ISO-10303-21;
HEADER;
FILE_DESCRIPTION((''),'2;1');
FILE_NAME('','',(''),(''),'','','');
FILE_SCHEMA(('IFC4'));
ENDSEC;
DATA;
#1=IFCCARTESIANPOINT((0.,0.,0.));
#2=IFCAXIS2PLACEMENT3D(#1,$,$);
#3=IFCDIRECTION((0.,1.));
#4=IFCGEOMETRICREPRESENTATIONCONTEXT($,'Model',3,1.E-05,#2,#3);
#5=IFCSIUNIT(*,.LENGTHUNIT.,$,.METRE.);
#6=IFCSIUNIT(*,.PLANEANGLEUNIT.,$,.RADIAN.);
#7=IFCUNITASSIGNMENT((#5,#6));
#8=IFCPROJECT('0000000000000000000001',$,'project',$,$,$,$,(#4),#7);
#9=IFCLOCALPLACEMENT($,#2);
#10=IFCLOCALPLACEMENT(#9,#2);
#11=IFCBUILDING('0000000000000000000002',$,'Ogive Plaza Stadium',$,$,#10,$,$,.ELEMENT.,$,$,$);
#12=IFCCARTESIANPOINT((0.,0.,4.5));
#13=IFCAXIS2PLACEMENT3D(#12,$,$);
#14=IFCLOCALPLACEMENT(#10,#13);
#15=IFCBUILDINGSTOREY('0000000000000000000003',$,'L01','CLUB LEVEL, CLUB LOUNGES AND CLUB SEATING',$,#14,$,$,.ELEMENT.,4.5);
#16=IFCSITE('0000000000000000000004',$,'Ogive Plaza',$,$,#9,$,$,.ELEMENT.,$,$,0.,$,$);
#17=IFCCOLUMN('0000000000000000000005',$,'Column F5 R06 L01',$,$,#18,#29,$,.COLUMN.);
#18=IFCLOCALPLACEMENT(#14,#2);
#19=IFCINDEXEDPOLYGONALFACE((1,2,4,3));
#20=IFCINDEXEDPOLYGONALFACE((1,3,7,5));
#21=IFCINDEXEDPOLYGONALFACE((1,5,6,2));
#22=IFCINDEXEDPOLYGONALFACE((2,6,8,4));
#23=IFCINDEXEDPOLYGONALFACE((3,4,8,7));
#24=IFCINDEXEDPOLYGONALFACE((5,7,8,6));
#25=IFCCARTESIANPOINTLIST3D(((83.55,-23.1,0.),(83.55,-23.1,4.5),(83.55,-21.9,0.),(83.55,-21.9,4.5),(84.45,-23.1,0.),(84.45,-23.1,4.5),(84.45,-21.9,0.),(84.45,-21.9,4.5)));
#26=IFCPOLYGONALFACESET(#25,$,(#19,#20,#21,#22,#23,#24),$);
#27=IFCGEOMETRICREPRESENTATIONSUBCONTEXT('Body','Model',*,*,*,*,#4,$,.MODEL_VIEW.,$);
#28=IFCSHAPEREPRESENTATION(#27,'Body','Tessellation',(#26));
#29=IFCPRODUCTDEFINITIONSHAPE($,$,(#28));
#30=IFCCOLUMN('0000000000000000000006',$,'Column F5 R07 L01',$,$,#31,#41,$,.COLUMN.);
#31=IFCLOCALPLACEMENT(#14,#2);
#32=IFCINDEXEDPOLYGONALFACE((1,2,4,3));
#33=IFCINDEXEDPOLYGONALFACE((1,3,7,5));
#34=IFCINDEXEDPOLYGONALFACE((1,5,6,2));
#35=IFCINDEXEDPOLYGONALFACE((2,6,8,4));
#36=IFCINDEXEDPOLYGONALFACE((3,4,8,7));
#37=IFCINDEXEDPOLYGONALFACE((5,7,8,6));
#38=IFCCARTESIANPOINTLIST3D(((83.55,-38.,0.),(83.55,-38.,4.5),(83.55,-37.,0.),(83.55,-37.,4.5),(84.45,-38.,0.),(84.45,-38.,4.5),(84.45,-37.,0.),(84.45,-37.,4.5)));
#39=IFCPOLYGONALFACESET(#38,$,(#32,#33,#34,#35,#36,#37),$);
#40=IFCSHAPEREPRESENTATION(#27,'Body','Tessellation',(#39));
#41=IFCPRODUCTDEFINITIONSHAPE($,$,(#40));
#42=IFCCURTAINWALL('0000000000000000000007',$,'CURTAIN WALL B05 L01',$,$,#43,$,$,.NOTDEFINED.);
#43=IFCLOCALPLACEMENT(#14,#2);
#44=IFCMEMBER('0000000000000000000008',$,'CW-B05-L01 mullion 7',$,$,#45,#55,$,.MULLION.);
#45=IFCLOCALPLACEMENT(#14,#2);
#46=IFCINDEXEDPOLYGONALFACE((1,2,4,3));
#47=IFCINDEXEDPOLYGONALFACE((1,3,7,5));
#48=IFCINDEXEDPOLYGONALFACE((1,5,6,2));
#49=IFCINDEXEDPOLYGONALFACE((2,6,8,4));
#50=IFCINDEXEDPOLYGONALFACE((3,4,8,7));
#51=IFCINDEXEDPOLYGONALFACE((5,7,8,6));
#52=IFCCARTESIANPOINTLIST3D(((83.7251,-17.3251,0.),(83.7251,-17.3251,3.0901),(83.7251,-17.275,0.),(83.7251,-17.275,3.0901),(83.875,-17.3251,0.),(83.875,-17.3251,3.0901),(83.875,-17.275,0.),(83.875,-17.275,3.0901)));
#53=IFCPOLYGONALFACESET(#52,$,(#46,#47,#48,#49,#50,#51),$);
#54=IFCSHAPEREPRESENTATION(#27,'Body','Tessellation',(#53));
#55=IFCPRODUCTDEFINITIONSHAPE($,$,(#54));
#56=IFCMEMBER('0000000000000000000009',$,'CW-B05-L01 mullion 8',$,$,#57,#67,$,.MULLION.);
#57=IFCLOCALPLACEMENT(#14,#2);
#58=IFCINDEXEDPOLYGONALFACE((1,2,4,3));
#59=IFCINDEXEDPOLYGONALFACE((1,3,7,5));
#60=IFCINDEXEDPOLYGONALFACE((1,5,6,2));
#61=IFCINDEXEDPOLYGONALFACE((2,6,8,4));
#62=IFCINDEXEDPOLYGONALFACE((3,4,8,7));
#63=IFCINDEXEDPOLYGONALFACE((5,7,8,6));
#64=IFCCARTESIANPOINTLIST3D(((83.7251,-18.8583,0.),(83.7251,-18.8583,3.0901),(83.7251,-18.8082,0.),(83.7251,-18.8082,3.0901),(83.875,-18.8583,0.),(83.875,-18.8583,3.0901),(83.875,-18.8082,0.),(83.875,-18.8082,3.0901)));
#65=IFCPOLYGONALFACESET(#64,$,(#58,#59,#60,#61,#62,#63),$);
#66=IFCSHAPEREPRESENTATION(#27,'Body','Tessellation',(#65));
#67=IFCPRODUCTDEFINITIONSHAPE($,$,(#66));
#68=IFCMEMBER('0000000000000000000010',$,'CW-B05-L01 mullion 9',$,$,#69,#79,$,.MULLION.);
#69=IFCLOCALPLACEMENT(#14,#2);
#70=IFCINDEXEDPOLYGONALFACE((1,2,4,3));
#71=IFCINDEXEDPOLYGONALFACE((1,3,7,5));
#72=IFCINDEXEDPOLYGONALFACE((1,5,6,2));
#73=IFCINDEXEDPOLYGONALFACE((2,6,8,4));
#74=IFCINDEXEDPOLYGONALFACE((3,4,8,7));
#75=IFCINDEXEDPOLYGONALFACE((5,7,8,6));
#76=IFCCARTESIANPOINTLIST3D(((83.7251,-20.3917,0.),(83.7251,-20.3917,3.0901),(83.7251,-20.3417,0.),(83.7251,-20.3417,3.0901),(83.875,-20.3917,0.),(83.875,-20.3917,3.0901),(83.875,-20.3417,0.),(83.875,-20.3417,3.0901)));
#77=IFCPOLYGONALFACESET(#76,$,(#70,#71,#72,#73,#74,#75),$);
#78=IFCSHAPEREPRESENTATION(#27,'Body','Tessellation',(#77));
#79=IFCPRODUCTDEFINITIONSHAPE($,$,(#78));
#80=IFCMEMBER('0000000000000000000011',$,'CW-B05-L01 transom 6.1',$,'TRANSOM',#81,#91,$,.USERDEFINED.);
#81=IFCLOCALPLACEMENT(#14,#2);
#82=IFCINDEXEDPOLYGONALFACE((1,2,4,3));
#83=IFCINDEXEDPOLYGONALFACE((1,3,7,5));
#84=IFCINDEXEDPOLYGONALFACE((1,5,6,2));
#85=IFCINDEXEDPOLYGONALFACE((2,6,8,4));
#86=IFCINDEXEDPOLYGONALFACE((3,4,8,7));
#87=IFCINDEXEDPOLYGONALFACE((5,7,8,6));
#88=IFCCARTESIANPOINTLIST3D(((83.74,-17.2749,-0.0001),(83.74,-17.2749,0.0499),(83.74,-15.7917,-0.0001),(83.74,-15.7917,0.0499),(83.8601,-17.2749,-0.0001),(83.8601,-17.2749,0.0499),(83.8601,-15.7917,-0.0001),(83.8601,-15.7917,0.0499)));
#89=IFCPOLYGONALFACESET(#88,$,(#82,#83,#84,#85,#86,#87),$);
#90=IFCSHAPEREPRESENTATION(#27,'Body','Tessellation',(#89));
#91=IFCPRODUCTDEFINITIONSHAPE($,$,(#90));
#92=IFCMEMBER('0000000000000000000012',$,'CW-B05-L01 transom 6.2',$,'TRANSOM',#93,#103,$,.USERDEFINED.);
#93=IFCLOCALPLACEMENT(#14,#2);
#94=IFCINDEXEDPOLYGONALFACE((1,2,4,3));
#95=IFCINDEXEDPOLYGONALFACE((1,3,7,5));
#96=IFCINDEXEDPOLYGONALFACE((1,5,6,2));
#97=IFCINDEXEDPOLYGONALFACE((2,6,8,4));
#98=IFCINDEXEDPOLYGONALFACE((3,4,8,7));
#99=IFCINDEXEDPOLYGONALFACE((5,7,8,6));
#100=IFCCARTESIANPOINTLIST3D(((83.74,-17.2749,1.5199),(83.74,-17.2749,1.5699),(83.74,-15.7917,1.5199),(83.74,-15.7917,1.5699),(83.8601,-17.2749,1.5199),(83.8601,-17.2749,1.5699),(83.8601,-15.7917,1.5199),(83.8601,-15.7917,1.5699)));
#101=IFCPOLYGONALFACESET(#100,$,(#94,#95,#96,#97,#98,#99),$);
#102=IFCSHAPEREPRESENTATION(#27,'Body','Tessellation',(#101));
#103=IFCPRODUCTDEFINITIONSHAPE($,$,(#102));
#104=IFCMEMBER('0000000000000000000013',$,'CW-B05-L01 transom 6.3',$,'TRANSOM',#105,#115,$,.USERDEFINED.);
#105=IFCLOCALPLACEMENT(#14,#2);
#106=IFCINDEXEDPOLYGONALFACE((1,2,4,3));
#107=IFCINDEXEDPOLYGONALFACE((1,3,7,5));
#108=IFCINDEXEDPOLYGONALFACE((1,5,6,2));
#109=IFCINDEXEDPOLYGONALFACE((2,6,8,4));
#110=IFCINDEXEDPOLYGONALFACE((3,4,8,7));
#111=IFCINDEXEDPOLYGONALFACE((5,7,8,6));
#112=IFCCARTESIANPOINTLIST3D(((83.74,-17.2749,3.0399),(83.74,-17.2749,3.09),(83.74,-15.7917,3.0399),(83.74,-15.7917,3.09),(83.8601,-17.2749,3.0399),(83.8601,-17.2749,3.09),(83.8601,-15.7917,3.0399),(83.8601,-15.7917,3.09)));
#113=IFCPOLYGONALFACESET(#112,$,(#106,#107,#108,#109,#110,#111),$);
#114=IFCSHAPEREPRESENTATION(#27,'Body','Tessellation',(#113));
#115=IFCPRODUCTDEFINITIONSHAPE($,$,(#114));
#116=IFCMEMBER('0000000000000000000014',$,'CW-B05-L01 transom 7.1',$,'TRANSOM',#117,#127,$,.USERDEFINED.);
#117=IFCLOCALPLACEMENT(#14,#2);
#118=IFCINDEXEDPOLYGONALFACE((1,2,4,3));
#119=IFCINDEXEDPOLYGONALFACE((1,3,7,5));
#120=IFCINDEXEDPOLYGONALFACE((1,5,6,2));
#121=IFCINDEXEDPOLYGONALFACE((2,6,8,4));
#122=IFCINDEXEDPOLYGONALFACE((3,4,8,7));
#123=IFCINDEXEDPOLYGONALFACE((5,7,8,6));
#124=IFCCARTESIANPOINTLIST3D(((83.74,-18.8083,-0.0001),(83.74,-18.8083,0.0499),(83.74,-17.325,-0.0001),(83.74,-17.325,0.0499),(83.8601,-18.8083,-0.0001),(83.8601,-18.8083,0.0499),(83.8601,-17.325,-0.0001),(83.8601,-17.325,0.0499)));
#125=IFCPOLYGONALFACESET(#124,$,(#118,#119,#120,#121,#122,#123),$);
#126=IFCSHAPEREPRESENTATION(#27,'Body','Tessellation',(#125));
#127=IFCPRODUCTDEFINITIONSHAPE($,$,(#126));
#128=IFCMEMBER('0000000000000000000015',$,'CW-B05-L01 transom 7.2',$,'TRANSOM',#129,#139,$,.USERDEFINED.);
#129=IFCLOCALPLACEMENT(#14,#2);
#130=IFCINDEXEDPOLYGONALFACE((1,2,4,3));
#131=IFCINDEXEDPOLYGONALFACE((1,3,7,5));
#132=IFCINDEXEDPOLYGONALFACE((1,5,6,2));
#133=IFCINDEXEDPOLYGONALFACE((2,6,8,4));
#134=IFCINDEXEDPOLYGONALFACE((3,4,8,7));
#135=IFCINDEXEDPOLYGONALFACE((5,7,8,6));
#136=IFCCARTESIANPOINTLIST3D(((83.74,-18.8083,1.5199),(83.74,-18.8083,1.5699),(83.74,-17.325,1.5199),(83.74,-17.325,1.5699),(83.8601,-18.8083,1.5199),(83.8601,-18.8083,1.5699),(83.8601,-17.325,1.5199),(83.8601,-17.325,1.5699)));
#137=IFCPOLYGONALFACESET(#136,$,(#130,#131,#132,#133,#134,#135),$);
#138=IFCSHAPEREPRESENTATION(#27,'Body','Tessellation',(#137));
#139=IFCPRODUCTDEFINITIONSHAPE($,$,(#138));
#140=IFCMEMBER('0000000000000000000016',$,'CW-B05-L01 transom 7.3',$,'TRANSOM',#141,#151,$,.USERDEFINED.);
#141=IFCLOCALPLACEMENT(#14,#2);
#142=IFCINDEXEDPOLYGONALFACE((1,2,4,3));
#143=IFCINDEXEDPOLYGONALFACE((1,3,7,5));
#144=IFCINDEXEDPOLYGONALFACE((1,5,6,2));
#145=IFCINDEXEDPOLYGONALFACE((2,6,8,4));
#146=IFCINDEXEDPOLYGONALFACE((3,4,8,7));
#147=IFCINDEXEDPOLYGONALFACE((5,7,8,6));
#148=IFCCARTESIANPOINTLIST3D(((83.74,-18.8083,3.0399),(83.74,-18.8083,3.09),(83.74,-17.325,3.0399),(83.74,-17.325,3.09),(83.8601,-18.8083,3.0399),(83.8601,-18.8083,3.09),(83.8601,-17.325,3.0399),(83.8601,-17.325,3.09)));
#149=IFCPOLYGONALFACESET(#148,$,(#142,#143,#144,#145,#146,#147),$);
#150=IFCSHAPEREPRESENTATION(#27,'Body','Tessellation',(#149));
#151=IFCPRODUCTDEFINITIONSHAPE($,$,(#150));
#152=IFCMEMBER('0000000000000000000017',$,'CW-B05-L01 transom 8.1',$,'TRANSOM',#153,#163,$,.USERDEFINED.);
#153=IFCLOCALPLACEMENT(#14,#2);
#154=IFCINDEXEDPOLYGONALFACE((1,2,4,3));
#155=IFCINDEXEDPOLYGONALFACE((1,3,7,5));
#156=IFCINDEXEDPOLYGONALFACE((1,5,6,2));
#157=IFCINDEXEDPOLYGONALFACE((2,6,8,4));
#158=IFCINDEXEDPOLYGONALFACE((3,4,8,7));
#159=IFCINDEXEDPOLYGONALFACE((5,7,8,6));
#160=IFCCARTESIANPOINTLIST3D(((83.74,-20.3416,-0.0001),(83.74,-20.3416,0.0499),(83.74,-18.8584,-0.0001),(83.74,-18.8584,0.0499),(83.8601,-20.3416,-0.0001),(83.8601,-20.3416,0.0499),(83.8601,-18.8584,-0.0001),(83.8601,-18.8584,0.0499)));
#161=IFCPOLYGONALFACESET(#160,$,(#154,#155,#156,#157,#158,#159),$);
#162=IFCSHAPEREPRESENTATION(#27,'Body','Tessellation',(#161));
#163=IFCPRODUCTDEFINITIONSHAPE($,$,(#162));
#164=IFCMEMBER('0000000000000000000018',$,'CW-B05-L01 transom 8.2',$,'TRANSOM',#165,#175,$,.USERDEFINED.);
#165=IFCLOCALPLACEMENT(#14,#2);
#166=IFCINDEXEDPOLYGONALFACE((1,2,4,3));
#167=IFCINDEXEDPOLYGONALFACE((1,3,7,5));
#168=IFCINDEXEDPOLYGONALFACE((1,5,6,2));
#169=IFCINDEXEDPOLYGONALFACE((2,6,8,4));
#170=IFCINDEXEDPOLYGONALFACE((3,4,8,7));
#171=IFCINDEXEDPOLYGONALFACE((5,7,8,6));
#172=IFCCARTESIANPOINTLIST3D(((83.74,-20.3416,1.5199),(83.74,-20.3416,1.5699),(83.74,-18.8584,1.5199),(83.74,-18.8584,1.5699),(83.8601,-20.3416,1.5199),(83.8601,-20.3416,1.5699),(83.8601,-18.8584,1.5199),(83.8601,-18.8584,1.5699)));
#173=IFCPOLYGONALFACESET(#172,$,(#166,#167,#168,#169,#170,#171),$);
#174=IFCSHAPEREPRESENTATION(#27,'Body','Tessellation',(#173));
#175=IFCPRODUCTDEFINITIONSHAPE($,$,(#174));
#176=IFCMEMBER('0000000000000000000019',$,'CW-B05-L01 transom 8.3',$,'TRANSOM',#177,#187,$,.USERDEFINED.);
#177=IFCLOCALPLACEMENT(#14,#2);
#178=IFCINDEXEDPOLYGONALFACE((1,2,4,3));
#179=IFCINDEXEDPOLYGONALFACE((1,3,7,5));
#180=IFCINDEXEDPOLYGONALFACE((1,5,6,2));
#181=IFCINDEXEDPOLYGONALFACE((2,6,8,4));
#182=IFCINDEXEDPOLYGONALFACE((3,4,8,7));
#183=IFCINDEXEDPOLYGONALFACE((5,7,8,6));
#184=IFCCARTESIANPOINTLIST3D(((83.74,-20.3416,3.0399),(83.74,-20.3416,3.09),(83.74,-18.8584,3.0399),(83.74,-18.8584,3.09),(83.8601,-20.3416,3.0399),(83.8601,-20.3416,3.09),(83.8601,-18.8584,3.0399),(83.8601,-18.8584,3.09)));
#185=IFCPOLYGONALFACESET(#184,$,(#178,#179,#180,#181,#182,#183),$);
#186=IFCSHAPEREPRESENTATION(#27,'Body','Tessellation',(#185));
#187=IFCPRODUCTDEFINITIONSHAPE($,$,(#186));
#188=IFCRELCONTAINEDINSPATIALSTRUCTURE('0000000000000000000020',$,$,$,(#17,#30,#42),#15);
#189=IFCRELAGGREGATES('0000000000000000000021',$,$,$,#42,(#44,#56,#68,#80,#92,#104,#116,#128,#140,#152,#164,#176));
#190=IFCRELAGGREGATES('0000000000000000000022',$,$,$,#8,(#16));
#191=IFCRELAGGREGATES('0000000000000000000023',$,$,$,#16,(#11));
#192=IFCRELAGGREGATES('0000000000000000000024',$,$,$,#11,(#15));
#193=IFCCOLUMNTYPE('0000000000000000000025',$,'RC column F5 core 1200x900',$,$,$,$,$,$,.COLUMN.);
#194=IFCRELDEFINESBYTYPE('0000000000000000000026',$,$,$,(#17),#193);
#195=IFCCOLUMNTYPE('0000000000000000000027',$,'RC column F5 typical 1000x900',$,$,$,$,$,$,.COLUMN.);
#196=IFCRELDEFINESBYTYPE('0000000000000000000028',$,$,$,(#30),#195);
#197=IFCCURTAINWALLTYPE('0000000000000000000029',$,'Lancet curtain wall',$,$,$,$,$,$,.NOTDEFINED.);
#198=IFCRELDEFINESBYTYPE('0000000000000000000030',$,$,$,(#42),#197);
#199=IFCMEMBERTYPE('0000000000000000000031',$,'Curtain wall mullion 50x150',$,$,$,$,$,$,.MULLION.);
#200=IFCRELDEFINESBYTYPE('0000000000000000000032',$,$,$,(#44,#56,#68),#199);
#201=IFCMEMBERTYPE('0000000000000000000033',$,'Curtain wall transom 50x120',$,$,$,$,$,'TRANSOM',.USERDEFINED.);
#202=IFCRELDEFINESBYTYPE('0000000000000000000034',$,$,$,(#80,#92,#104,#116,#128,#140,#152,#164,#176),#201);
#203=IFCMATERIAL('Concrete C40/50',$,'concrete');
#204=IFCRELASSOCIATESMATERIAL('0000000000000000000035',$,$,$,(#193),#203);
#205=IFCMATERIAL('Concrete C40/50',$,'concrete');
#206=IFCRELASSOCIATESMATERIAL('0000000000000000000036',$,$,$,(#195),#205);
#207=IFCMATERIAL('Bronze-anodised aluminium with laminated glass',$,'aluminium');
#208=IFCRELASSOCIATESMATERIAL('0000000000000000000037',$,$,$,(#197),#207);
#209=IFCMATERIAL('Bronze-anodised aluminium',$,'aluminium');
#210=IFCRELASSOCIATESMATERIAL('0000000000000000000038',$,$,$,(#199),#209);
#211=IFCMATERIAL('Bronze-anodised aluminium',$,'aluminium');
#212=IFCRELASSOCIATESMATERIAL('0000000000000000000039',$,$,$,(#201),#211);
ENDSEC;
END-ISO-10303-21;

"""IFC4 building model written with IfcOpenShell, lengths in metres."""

from ifc_helpers import new_model, si_unit, direction, frame, origin, origin_2d, place, context, subcontext, project, spatial, rectangle, extrude, material, material_profile, profile_set, type_object, element, aggregate, save


model = new_model("IFC4")

# Units and contexts
model_context = context("Model", 3, precision=1e-05, world=origin(), true_north=direction((0.0, 1.0)))
body_context = subcontext(model_context, "Body", "Model", "MODEL_VIEW")
ifc_project = project(units=[si_unit("LENGTHUNIT", "METRE"), si_unit("PLANEANGLEUNIT", "RADIAN")], contexts=[model_context])

# Site, building, storey
site_placement = place(None, origin())
site = spatial("IfcSite", under=ifc_project, at=site_placement, Name="Ogive Plaza", CompositionType="ELEMENT", RefElevation=0.0)
building_placement = place(site_placement, origin())
building = spatial("IfcBuilding", under=site, at=building_placement, Name="Ogive Plaza Stadium", CompositionType="ELEMENT")
storey_placement = place(building_placement, frame((0.0, 0.0, 4.5)))
storey = spatial("IfcBuildingStorey", under=building, at=storey_placement, Name="L01", Description="CLUB LEVEL, CLUB LOUNGES AND CLUB SEATING", CompositionType="ELEMENT", Elevation=4.5)

# Columns
ifc_material_1 = material(Name="Concrete C40/50", Category="concrete")
ifc_material_profile_1 = material_profile(ifc_material_1, rectangle(XDim=1.2, YDim=0.8999, at=origin_2d()), Name="RC 1200x900")
ifc_profile_set_1 = profile_set([ifc_material_profile_1], Name="Concrete C40/50")
column_type_1 = type_object("IfcColumnType", Name="RC column F5 core 1200x900", PredefinedType="COLUMN", material=ifc_profile_set_1)
column_1_placement = place(storey_placement, frame((84.0, -22.5, 0.0), z_axis=(0.0, 0.0, 1.0), x_axis=(0.0, 1.0, 0.0)))
element("IfcColumn", 1, at=column_1_placement, inside=storey, type_object=column_type_1, Name="Column F5 R06 L01", PredefinedType="COLUMN", context=body_context, shape_type="SweptSolid", body=[
    extrude(rectangle(XDim=1.2, YDim=0.8999, at=origin_2d()), origin(), (0.0, 0.0, 1.0), 4.5),
])
ifc_material_2 = material(Name="Concrete C40/50", Category="concrete")
ifc_material_profile_2 = material_profile(ifc_material_2, rectangle(XDim=1.0, YDim=0.8999, at=origin_2d()), Name="RC 1000x900")
ifc_profile_set_2 = profile_set([ifc_material_profile_2], Name="Concrete C40/50")
column_type_2 = type_object("IfcColumnType", Name="RC column F5 typical 1000x900", PredefinedType="COLUMN", material=ifc_profile_set_2)
column_2_placement = place(storey_placement, frame((84.0, -37.5, 0.0), z_axis=(0.0, 0.0, 1.0), x_axis=(0.0, 1.0, 0.0)))
element("IfcColumn", 2, at=column_2_placement, inside=storey, type_object=column_type_2, Name="Column F5 R07 L01", PredefinedType="COLUMN", context=body_context, shape_type="SweptSolid", body=[
    extrude(rectangle(XDim=1.0, YDim=0.8999, at=origin_2d()), origin(), (0.0, 0.0, 1.0), 4.5),
])

# Curtain wall, members
ifc_material_3 = material(Name="Bronze-anodised aluminium with laminated glass", Category="aluminium")
curtain_wall_type = type_object("IfcCurtainWallType", Name="Lancet curtain wall", PredefinedType="NOTDEFINED", material=ifc_material_3)
curtain_wall_placement = place(storey_placement, origin())
curtain_wall = element("IfcCurtainWall", 3, at=curtain_wall_placement, inside=storey, type_object=curtain_wall_type, Name="CURTAIN WALL B05 L01", PredefinedType="NOTDEFINED")
ifc_material_4 = material(Name="Bronze-anodised aluminium", Category="aluminium")
ifc_material_profile_3 = material_profile(ifc_material_4, rectangle(XDim=0.1499, YDim=0.05, at=origin_2d()), Name="AL 150x50")
ifc_profile_set_3 = profile_set([ifc_material_profile_3], Name="Bronze-anodised aluminium")
member_type_1 = type_object("IfcMemberType", Name="Curtain wall mullion 50x150", PredefinedType="MULLION", material=ifc_profile_set_3)
member_1_placement = place(storey_placement, frame((83.8, -17.3, 0.0), z_axis=(0.0, 0.0, 1.0), x_axis=(1.0, 0.0, 0.0)))
member_1 = element("IfcMember", 4, at=member_1_placement, type_object=member_type_1, Name="CW-B05-L01 mullion 7", PredefinedType="MULLION", context=body_context, shape_type="SweptSolid", body=[
    extrude(rectangle(XDim=0.1499, YDim=0.05, at=origin_2d()), origin(), (0.0, 0.0, 1.0), 3.0901),
])
member_2_placement = place(storey_placement, frame((83.8, -18.8333, 0.0), z_axis=(0.0, 0.0, 1.0), x_axis=(1.0, 0.0, 0.0)))
member_2 = element("IfcMember", 5, at=member_2_placement, type_object=member_type_1, Name="CW-B05-L01 mullion 8", PredefinedType="MULLION", context=body_context, shape_type="SweptSolid", body=[
    extrude(rectangle(XDim=0.1499, YDim=0.05, at=origin_2d()), origin(), (0.0, 0.0, 1.0), 3.0901),
])
member_3_placement = place(storey_placement, frame((83.8, -20.3667, 0.0), z_axis=(0.0, 0.0, 1.0), x_axis=(1.0, 0.0, 0.0)))
member_3 = element("IfcMember", 6, at=member_3_placement, type_object=member_type_1, Name="CW-B05-L01 mullion 9", PredefinedType="MULLION", context=body_context, shape_type="SweptSolid", body=[
    extrude(rectangle(XDim=0.1499, YDim=0.05, at=origin_2d()), origin(), (0.0, 0.0, 1.0), 3.0901),
])
ifc_material_5 = material(Name="Bronze-anodised aluminium", Category="aluminium")
ifc_material_profile_4 = material_profile(ifc_material_5, rectangle(XDim=0.1201, YDim=0.05, at=origin_2d()), Name="AL 120x50")
ifc_profile_set_4 = profile_set([ifc_material_profile_4], Name="Bronze-anodised aluminium")
member_type_2 = type_object("IfcMemberType", Name="Curtain wall transom 50x120", ElementType="TRANSOM", PredefinedType="USERDEFINED", material=ifc_profile_set_4)
member_4_placement = place(storey_placement, frame((83.8, -15.7917, 0.0249), z_axis=(0.0, -1.0, 0.0), x_axis=(1.0, 0.0, 0.0)))
member_4 = element("IfcMember", 7, at=member_4_placement, type_object=member_type_2, Name="CW-B05-L01 transom 6.1", ObjectType="TRANSOM", PredefinedType="USERDEFINED", context=body_context, shape_type="SweptSolid", body=[
    extrude(rectangle(XDim=0.1201, YDim=0.05, at=origin_2d()), origin(), (0.0, 0.0, 1.0), 1.4832),
])
member_5_placement = place(storey_placement, frame((83.8, -15.7917, 1.5449), z_axis=(0.0, -1.0, 0.0), x_axis=(1.0, 0.0, 0.0)))
member_5 = element("IfcMember", 8, at=member_5_placement, type_object=member_type_2, Name="CW-B05-L01 transom 6.2", ObjectType="TRANSOM", PredefinedType="USERDEFINED", context=body_context, shape_type="SweptSolid", body=[
    extrude(rectangle(XDim=0.1201, YDim=0.05, at=origin_2d()), origin(), (0.0, 0.0, 1.0), 1.4832),
])
member_6_placement = place(storey_placement, frame((83.8, -15.7917, 3.0649), z_axis=(0.0, -1.0, 0.0), x_axis=(1.0, 0.0, 0.0)))
member_6 = element("IfcMember", 9, at=member_6_placement, type_object=member_type_2, Name="CW-B05-L01 transom 6.3", ObjectType="TRANSOM", PredefinedType="USERDEFINED", context=body_context, shape_type="SweptSolid", body=[
    extrude(rectangle(XDim=0.1201, YDim=0.05, at=origin_2d()), origin(), (0.0, 0.0, 1.0), 1.4832),
])
member_7_placement = place(storey_placement, frame((83.8, -17.325, 0.0249), z_axis=(0.0, -1.0, 0.0), x_axis=(1.0, 0.0, 0.0)))
member_7 = element("IfcMember", 10, at=member_7_placement, type_object=member_type_2, Name="CW-B05-L01 transom 7.1", ObjectType="TRANSOM", PredefinedType="USERDEFINED", context=body_context, shape_type="SweptSolid", body=[
    extrude(rectangle(XDim=0.1201, YDim=0.05, at=origin_2d()), origin(), (0.0, 0.0, 1.0), 1.4834),
])
member_8_placement = place(storey_placement, frame((83.8, -17.325, 1.5449), z_axis=(0.0, -1.0, 0.0), x_axis=(1.0, 0.0, 0.0)))
member_8 = element("IfcMember", 11, at=member_8_placement, type_object=member_type_2, Name="CW-B05-L01 transom 7.2", ObjectType="TRANSOM", PredefinedType="USERDEFINED", context=body_context, shape_type="SweptSolid", body=[
    extrude(rectangle(XDim=0.1201, YDim=0.05, at=origin_2d()), origin(), (0.0, 0.0, 1.0), 1.4834),
])
member_9_placement = place(storey_placement, frame((83.8, -17.325, 3.0649), z_axis=(0.0, -1.0, 0.0), x_axis=(1.0, 0.0, 0.0)))
member_9 = element("IfcMember", 12, at=member_9_placement, type_object=member_type_2, Name="CW-B05-L01 transom 7.3", ObjectType="TRANSOM", PredefinedType="USERDEFINED", context=body_context, shape_type="SweptSolid", body=[
    extrude(rectangle(XDim=0.1201, YDim=0.05, at=origin_2d()), origin(), (0.0, 0.0, 1.0), 1.4834),
])
member_10_placement = place(storey_placement, frame((83.8, -18.8584, 0.0249), z_axis=(0.0, -1.0, 0.0), x_axis=(1.0, 0.0, 0.0)))
member_10 = element("IfcMember", 13, at=member_10_placement, type_object=member_type_2, Name="CW-B05-L01 transom 8.1", ObjectType="TRANSOM", PredefinedType="USERDEFINED", context=body_context, shape_type="SweptSolid", body=[
    extrude(rectangle(XDim=0.1201, YDim=0.05, at=origin_2d()), origin(), (0.0, 0.0, 1.0), 1.4832),
])
member_11_placement = place(storey_placement, frame((83.8, -18.8584, 1.5449), z_axis=(0.0, -1.0, 0.0), x_axis=(1.0, 0.0, 0.0)))
member_11 = element("IfcMember", 14, at=member_11_placement, type_object=member_type_2, Name="CW-B05-L01 transom 8.2", ObjectType="TRANSOM", PredefinedType="USERDEFINED", context=body_context, shape_type="SweptSolid", body=[
    extrude(rectangle(XDim=0.1201, YDim=0.05, at=origin_2d()), origin(), (0.0, 0.0, 1.0), 1.4832),
])
member_12_placement = place(storey_placement, frame((83.8, -18.8584, 3.0649), z_axis=(0.0, -1.0, 0.0), x_axis=(1.0, 0.0, 0.0)))
member_12 = element("IfcMember", 15, at=member_12_placement, type_object=member_type_2, Name="CW-B05-L01 transom 8.3", ObjectType="TRANSOM", PredefinedType="USERDEFINED", context=body_context, shape_type="SweptSolid", body=[
    extrude(rectangle(XDim=0.1201, YDim=0.05, at=origin_2d()), origin(), (0.0, 0.0, 1.0), 1.4832),
])

aggregate(curtain_wall, [member_1, member_2, member_3, member_4, member_5, member_6, member_7, member_8, member_9, member_10, member_11, member_12])

save(model, "model.ifc")
